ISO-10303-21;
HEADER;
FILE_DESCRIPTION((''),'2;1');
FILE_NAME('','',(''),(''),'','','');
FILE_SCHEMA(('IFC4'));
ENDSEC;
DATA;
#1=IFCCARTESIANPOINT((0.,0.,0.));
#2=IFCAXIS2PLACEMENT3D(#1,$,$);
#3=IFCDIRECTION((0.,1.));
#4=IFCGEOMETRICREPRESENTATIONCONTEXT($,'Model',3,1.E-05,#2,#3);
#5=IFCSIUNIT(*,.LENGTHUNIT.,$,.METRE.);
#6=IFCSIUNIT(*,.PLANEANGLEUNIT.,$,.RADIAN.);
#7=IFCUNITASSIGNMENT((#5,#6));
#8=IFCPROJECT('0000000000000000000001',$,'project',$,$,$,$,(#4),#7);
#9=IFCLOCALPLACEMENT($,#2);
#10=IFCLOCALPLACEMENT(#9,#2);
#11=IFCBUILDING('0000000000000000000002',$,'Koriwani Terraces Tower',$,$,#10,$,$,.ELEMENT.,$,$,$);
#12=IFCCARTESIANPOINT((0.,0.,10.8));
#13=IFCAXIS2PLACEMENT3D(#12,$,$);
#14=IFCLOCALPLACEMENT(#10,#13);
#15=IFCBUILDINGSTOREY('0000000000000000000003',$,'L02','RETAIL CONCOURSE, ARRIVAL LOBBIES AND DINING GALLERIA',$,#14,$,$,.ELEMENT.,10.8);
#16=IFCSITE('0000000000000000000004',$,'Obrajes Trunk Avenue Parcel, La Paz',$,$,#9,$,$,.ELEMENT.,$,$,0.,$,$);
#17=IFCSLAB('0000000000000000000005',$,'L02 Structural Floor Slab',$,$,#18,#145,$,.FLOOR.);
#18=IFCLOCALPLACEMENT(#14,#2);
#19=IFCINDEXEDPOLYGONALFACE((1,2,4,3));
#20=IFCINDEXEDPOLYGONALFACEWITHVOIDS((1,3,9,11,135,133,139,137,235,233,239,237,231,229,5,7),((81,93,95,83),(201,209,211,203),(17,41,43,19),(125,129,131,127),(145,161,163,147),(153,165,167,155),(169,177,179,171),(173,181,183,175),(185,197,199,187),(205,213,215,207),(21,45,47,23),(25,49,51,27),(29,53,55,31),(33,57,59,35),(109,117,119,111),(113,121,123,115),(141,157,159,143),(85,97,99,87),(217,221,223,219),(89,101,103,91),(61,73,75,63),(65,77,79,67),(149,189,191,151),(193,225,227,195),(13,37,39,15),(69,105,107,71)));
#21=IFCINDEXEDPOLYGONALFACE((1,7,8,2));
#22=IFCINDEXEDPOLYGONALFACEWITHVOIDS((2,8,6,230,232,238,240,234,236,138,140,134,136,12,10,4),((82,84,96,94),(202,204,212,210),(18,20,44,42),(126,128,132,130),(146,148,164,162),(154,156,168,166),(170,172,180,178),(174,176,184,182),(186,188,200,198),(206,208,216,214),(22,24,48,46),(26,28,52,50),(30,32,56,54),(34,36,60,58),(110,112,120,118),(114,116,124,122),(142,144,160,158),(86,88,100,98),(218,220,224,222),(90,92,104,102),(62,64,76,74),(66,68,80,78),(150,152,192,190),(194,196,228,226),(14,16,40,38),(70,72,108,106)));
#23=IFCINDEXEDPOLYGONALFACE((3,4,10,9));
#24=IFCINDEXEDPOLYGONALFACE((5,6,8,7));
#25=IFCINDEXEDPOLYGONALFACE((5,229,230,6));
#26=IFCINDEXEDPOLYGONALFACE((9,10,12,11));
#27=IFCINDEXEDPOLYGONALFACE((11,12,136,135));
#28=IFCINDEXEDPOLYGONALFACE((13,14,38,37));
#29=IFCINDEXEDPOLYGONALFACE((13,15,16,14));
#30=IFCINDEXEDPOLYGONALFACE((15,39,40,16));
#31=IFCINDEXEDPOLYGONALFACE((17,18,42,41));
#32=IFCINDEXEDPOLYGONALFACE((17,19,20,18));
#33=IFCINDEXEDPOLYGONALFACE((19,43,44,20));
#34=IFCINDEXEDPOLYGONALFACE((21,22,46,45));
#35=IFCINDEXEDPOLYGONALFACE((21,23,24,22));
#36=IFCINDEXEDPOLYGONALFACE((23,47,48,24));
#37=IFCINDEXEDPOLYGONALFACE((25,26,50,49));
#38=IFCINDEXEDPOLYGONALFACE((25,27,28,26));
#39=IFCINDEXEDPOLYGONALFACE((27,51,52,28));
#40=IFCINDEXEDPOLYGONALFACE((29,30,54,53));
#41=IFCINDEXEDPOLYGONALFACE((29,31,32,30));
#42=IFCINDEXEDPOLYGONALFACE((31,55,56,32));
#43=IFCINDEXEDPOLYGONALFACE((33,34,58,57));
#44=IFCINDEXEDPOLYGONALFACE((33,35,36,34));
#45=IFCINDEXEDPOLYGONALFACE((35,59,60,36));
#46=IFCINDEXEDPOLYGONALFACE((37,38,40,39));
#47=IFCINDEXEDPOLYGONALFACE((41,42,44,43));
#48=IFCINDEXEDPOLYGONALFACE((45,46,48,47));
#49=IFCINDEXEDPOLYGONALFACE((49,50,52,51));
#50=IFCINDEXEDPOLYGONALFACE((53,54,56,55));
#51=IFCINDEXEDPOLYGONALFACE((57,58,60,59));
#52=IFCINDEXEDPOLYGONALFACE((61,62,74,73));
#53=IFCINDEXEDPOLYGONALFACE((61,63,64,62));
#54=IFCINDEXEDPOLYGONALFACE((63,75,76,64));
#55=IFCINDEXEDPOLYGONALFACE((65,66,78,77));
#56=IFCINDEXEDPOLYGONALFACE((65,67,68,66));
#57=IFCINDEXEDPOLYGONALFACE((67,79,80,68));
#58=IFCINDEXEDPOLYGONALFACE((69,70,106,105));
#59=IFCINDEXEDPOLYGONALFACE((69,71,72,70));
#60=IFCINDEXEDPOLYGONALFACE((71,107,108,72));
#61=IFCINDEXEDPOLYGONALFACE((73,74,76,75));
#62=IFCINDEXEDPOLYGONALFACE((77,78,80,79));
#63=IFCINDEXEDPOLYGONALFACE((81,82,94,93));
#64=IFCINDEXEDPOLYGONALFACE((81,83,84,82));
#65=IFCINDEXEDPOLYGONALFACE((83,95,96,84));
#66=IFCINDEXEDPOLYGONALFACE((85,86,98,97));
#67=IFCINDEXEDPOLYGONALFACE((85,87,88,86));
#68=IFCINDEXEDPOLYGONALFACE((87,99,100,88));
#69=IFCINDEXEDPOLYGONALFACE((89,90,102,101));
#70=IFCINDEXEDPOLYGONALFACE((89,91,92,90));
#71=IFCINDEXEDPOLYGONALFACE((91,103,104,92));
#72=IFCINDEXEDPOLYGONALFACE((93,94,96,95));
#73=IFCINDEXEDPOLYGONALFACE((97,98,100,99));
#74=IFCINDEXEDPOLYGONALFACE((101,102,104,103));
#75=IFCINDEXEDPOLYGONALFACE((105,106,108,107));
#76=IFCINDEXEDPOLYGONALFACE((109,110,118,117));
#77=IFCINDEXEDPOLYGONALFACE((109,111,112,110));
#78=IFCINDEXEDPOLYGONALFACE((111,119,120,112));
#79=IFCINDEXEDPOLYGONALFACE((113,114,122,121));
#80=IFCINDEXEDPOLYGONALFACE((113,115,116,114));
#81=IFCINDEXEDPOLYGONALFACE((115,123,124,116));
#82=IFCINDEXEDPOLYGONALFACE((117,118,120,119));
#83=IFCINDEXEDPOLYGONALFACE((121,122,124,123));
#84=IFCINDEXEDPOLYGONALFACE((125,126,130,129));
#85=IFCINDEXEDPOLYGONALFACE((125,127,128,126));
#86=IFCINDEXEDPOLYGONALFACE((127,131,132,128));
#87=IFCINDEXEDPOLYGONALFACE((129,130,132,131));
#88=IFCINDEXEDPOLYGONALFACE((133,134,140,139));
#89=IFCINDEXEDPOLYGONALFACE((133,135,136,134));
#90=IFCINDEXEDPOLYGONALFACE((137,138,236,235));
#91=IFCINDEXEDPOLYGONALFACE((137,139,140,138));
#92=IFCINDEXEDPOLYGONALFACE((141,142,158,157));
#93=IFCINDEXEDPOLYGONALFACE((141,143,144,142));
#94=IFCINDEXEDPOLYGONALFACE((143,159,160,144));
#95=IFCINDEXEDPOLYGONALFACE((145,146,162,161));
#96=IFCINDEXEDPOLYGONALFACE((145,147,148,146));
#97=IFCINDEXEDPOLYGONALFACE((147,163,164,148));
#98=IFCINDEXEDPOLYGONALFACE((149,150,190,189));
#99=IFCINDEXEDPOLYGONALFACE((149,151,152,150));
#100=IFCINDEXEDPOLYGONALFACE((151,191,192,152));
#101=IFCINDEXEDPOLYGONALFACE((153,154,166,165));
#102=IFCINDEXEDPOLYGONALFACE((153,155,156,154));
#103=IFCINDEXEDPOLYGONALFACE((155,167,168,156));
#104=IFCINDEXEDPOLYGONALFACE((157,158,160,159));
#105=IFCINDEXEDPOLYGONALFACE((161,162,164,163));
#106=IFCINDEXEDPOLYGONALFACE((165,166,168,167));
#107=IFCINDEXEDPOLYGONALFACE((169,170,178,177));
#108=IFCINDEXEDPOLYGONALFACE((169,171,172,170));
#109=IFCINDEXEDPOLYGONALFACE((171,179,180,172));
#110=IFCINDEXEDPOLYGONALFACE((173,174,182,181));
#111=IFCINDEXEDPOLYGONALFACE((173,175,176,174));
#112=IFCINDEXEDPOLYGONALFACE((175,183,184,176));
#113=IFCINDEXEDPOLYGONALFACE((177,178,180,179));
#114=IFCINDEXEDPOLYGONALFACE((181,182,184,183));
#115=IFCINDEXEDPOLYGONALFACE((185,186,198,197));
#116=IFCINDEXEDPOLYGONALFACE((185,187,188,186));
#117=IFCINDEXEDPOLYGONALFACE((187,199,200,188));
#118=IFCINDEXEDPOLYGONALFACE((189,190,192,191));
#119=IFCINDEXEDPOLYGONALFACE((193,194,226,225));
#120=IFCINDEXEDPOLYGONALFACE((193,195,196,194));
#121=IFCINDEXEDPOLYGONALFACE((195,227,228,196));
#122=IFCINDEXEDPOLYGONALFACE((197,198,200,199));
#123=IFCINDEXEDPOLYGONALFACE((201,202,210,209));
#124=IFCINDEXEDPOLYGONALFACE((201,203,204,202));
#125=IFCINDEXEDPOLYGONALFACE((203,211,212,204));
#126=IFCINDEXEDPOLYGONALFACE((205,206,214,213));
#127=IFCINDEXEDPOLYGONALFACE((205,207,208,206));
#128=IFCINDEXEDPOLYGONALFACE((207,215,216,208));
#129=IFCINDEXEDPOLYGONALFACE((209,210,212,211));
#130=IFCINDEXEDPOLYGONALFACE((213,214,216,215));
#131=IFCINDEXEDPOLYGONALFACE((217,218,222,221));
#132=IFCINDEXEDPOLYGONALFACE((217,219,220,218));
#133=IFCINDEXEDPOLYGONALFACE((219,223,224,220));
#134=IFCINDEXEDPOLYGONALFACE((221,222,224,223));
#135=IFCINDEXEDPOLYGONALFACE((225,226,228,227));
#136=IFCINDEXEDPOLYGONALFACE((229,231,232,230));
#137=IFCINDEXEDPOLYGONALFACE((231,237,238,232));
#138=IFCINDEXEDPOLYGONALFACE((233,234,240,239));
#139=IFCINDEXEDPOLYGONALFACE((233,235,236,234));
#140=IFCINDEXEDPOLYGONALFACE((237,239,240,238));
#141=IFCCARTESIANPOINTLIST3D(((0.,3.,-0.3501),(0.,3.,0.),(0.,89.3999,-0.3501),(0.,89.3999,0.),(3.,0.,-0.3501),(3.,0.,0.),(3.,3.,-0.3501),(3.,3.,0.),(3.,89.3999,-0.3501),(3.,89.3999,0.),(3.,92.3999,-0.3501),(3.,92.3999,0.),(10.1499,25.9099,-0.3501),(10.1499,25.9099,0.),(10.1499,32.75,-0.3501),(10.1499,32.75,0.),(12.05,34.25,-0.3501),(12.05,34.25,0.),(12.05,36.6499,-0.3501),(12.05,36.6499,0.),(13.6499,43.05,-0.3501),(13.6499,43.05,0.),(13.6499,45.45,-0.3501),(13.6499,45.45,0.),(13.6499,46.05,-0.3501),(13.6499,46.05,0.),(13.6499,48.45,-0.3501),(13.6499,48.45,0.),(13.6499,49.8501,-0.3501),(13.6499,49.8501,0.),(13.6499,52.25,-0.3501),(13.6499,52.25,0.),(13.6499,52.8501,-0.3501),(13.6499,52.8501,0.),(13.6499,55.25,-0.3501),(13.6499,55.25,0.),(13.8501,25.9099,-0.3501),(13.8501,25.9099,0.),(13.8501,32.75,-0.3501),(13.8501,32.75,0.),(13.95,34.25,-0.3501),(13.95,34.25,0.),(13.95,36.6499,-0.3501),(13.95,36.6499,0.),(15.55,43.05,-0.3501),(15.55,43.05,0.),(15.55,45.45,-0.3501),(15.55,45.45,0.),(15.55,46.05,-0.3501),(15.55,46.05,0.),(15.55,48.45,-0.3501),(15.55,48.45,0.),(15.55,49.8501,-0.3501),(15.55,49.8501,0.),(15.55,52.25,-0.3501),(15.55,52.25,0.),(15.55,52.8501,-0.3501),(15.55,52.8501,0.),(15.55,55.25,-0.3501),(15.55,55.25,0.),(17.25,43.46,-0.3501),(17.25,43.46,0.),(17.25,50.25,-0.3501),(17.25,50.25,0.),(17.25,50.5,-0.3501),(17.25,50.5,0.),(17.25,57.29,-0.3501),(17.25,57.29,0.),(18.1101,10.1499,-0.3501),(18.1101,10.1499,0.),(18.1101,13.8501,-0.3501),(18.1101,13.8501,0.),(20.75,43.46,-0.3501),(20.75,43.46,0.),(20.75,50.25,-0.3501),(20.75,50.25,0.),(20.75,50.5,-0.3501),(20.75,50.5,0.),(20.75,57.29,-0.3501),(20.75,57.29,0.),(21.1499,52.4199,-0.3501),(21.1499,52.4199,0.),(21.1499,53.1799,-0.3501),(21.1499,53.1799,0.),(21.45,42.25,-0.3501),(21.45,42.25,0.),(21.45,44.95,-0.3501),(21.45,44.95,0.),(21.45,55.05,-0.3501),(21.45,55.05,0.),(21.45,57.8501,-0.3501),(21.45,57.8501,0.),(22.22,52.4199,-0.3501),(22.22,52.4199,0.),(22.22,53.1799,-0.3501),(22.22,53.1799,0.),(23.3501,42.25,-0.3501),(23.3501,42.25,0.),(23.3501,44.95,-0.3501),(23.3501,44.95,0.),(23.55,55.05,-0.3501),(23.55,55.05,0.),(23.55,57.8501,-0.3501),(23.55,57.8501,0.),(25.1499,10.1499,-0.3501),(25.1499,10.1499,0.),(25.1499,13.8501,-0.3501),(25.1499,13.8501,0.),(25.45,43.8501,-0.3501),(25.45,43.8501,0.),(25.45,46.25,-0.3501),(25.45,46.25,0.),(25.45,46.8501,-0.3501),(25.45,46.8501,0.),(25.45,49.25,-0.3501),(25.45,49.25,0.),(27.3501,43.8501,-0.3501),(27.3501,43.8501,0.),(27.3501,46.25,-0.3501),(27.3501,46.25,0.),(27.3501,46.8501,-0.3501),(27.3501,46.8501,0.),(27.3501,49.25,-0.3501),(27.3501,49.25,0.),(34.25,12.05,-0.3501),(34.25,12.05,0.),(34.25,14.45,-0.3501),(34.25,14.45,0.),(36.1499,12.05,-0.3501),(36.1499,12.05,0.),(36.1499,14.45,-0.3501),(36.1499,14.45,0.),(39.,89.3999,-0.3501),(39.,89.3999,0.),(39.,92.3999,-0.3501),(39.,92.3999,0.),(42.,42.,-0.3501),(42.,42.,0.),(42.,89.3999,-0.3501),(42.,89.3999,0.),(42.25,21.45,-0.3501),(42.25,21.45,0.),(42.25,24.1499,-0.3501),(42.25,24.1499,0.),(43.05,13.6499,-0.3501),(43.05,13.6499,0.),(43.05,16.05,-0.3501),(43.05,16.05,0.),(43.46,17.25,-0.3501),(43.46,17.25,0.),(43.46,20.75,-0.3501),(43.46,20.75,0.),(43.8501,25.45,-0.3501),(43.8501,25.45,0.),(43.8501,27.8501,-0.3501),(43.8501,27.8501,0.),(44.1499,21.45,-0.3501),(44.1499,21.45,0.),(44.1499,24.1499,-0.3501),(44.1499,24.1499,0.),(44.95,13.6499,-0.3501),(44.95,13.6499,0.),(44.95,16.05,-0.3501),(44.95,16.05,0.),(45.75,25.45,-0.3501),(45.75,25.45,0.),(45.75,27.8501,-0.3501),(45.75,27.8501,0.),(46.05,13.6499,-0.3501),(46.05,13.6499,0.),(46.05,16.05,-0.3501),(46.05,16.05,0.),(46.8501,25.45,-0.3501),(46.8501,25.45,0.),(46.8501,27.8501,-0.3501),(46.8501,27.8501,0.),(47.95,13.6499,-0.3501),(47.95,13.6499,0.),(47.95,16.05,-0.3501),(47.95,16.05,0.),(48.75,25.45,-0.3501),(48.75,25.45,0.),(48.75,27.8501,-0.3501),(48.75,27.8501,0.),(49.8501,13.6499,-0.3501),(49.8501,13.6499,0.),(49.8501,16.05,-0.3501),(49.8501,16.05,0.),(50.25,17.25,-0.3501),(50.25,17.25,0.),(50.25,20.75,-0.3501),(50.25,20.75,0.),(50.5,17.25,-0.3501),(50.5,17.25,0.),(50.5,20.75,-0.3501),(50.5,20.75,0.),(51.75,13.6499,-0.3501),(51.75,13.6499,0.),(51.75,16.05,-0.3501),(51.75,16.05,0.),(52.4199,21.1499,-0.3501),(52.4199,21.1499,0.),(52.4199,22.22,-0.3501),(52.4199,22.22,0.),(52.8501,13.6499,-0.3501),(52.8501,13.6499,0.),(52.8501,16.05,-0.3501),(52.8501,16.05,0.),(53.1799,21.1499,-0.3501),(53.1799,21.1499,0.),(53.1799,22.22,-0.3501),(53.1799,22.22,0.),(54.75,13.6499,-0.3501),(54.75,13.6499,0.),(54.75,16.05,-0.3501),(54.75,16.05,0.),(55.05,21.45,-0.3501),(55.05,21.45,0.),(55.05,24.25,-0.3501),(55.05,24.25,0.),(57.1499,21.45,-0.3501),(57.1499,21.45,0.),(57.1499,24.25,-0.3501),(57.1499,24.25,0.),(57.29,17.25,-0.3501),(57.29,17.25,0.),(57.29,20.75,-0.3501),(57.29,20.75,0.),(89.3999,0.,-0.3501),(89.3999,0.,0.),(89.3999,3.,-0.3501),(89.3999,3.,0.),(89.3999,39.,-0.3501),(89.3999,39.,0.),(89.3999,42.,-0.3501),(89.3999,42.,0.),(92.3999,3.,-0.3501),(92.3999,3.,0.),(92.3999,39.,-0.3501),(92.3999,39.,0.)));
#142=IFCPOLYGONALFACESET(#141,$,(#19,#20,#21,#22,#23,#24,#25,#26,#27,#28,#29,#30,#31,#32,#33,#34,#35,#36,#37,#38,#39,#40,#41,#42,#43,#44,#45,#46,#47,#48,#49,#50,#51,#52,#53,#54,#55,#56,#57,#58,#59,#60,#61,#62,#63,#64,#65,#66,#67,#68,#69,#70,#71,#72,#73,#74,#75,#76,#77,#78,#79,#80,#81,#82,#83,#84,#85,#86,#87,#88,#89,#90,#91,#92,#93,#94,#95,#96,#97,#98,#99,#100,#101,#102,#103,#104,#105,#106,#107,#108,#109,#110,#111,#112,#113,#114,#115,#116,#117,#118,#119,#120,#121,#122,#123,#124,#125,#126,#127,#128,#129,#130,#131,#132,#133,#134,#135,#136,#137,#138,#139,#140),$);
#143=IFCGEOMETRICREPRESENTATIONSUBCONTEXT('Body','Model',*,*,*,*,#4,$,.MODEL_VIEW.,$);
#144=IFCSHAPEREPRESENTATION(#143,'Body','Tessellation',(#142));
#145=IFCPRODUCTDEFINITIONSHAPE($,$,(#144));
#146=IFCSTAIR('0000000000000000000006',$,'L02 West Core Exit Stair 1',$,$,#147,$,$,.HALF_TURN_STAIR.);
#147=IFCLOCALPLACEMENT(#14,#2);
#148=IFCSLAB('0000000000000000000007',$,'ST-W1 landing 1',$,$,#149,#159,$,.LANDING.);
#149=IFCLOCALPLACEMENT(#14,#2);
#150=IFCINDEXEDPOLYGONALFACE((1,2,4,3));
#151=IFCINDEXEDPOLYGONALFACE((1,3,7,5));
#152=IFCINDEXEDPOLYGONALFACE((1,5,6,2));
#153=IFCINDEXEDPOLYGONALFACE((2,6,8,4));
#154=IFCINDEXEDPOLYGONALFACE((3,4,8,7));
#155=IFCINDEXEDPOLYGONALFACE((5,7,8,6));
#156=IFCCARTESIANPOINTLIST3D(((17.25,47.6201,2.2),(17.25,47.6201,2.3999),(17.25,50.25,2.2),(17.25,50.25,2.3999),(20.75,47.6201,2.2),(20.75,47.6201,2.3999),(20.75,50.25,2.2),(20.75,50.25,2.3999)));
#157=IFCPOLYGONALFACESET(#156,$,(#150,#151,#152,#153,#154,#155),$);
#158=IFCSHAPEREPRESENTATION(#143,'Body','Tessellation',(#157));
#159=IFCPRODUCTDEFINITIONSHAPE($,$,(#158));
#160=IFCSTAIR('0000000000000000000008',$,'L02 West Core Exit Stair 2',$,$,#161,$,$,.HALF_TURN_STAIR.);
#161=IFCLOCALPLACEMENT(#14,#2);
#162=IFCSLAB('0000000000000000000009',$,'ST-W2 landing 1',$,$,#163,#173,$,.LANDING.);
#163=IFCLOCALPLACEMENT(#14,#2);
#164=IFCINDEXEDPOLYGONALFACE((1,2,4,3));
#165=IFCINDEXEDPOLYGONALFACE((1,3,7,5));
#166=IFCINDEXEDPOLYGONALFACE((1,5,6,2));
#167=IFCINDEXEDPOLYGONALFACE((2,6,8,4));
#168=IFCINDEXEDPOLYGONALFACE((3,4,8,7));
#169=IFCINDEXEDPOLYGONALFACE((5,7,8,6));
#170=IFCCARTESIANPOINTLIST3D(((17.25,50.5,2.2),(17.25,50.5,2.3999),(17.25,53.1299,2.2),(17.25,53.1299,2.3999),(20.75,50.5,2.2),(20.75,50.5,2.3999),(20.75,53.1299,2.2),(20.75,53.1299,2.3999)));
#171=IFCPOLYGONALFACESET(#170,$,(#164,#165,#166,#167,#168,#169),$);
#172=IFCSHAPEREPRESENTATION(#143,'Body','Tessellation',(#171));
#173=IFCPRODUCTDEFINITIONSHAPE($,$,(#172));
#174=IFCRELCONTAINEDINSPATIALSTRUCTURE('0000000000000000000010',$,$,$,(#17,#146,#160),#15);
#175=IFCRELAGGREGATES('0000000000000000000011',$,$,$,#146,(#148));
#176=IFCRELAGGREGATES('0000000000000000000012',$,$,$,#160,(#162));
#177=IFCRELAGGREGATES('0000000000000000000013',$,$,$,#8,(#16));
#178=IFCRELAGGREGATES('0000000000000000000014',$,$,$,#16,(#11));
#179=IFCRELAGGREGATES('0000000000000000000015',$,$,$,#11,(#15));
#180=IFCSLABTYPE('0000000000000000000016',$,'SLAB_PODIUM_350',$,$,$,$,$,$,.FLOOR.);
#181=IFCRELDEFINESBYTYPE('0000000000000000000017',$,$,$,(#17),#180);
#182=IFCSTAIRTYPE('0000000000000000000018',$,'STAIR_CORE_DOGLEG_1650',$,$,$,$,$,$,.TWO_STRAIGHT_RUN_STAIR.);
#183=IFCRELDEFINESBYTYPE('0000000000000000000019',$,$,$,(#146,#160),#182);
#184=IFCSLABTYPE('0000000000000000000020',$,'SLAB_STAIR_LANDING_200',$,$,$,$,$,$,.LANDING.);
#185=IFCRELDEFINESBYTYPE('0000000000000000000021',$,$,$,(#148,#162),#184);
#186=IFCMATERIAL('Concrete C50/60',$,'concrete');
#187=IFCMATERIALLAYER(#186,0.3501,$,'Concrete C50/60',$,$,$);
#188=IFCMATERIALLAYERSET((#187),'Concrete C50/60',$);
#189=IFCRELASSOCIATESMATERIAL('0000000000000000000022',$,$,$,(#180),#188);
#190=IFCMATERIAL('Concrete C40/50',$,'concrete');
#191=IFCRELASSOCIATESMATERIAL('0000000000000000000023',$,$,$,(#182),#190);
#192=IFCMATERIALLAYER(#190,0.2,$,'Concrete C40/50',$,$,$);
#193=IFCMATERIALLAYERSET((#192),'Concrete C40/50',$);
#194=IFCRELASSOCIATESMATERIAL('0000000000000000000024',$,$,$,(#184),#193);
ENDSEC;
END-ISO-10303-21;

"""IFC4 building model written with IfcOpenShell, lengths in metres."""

from ifc_helpers import new_model, si_unit, direction, frame, origin, place, context, subcontext, project, spatial, polyline, outline, extrude, material, layer, layer_set, type_object, element, aggregate, save


model = new_model("IFC4")

# Units and contexts
model_context = context("Model", 3, precision=1e-05, world=origin(), true_north=direction((0.0, 1.0)))
body_context = subcontext(model_context, "Body", "Model", "MODEL_VIEW")
ifc_project = project(units=[si_unit("LENGTHUNIT", "METRE"), si_unit("PLANEANGLEUNIT", "RADIAN")], contexts=[model_context])

# Site, building, storey
site_placement = place(None, origin())
site = spatial("IfcSite", under=ifc_project, at=site_placement, Name="Obrajes Trunk Avenue Parcel, La Paz", CompositionType="ELEMENT", RefElevation=0.0)
building_placement = place(site_placement, origin())
building = spatial("IfcBuilding", under=site, at=building_placement, Name="Koriwani Terraces Tower", CompositionType="ELEMENT")
storey_placement = place(building_placement, frame((0.0, 0.0, 10.8)))
storey = spatial("IfcBuildingStorey", under=building, at=storey_placement, Name="L02", Description="RETAIL CONCOURSE, ARRIVAL LOBBIES AND DINING GALLERIA", CompositionType="ELEMENT", Elevation=10.8)

# Slab
ifc_material_1 = material(Name="Concrete C50/60", Category="concrete")
ifc_layer_1 = layer(ifc_material_1, 0.3501, Name="Concrete C50/60")
ifc_layer_set_1 = layer_set([ifc_layer_1], Name="Concrete C50/60")
slab_type_1 = type_object("IfcSlabType", Name="SLAB_PODIUM_350", PredefinedType="FLOOR", material=ifc_layer_set_1)
slab_1_placement = place(storey_placement, frame((0.0, 0.0, -0.3501)))
element("IfcSlab", 1, at=slab_1_placement, inside=storey, type_object=slab_type_1, Name="L02 Structural Floor Slab", PredefinedType="FLOOR", context=body_context, shape_type="SweptSolid", body=[
    extrude(outline(polyline([(3.0, 0.0), (89.3999, 0.0), (89.3999, 3.0), (92.3999, 3.0), (92.3999, 39.0), (89.3999, 39.0), (89.3999, 42.0), (42.0, 42.0), (42.0, 89.3999), (39.0, 89.3999), (39.0, 92.3999), (3.0, 92.3999), (3.0, 89.3999), (0.0, 89.3999), (0.0, 3.0), (3.0, 3.0), (3.0, 0.0)]), holes=[polyline([(17.25, 43.46), (20.75, 43.46), (20.75, 50.25), (17.25, 50.25), (17.25, 43.46)]), polyline([(17.25, 50.5), (20.75, 50.5), (20.75, 57.29), (17.25, 57.29), (17.25, 50.5)]), polyline([(43.46, 17.25), (50.25, 17.25), (50.25, 20.75), (43.46, 20.75), (43.46, 17.25)]), polyline([(50.5, 17.25), (57.29, 17.25), (57.29, 20.75), (50.5, 20.75), (50.5, 17.25)]), polyline([(10.1499, 25.9099), (13.8501, 25.9099), (13.8501, 32.75), (10.1499, 32.75), (10.1499, 25.9099)]), polyline([(18.1101, 10.1499), (25.1499, 10.1499), (25.1499, 13.8501), (18.1101, 13.8501), (18.1101, 10.1499)]), polyline([(12.05, 34.25), (13.95, 34.25), (13.95, 36.6499), (12.05, 36.6499), (12.05, 34.25)]), polyline([(34.25, 12.05), (36.1499, 12.05), (36.1499, 14.45), (34.25, 14.45), (34.25, 12.05)]), polyline([(13.6499, 43.05), (15.55, 43.05), (15.55, 45.45), (13.6499, 45.45), (13.6499, 43.05)]), polyline([(13.6499, 46.05), (15.55, 46.05), (15.55, 48.45), (13.6499, 48.45), (13.6499, 46.05)]), polyline([(43.05, 13.6499), (44.95, 13.6499), (44.95, 16.05), (43.05, 16.05), (43.05, 13.6499)]), polyline([(46.05, 13.6499), (47.95, 13.6499), (47.95, 16.05), (46.05, 16.05), (46.05, 13.6499)]), polyline([(13.6499, 49.8501), (15.55, 49.8501), (15.55, 52.25), (13.6499, 52.25), (13.6499, 49.8501)]), polyline([(13.6499, 52.8501), (15.55, 52.8501), (15.55, 55.25), (13.6499, 55.25), (13.6499, 52.8501)]), polyline([(49.8501, 13.6499), (51.75, 13.6499), (51.75, 16.05), (49.8501, 16.05), (49.8501, 13.6499)]), polyline([(52.8501, 13.6499), (54.75, 13.6499), (54.75, 16.05), (52.8501, 16.05), (52.8501, 13.6499)]), polyline([(25.45, 43.8501), (27.3501, 43.8501), (27.3501, 46.25), (25.45, 46.25), (25.45, 43.8501)]), polyline([(25.45, 46.8501), (27.3501, 46.8501), (27.3501, 49.25), (25.45, 49.25), (25.45, 46.8501)]), polyline([(43.8501, 25.45), (45.75, 25.45), (45.75, 27.8501), (43.8501, 27.8501), (43.8501, 25.45)]), polyline([(46.8501, 25.45), (48.75, 25.45), (48.75, 27.8501), (46.8501, 27.8501), (46.8501, 25.45)]), polyline([(21.45, 55.05), (23.55, 55.05), (23.55, 57.8501), (21.45, 57.8501), (21.45, 55.05)]), polyline([(55.05, 21.45), (57.1499, 21.45), (57.1499, 24.25), (55.05, 24.25), (55.05, 21.45)]), polyline([(21.45, 42.25), (23.3501, 42.25), (23.3501, 44.95), (21.45, 44.95), (21.45, 42.25)]), polyline([(42.25, 21.45), (44.1499, 21.45), (44.1499, 24.1499), (42.25, 24.1499), (42.25, 21.45)]), polyline([(21.1499, 52.4199), (22.22, 52.4199), (22.22, 53.1799), (21.1499, 53.1799), (21.1499, 52.4199)]), polyline([(52.4199, 21.1499), (53.1799, 21.1499), (53.1799, 22.22), (52.4199, 22.22), (52.4199, 21.1499)])]), origin(), (0.0, 0.0, 1.0), 0.3501),
])

# Stairs, slabs
ifc_material_2 = material(Name="Concrete C40/50", Category="concrete")
stair_type_1 = type_object("IfcStairType", Name="STAIR_CORE_DOGLEG_1650", PredefinedType="TWO_STRAIGHT_RUN_STAIR", material=ifc_material_2)
stair_1_placement = place(storey_placement, origin())
stair_1 = element("IfcStair", 2, at=stair_1_placement, inside=storey, type_object=stair_type_1, Name="L02 West Core Exit Stair 1", PredefinedType="HALF_TURN_STAIR")
ifc_layer_2 = layer(ifc_material_2, 0.2, Name="Concrete C40/50")
ifc_layer_set_2 = layer_set([ifc_layer_2], Name="Concrete C40/50")
slab_type_2 = type_object("IfcSlabType", Name="SLAB_STAIR_LANDING_200", PredefinedType="LANDING", material=ifc_layer_set_2)
slab_2_placement = place(storey_placement, frame((0.0, 0.0, 2.2)))
slab_2 = element("IfcSlab", 3, at=slab_2_placement, type_object=slab_type_2, Name="ST-W1 landing 1", PredefinedType="LANDING", context=body_context, shape_type="SweptSolid", body=[
    extrude(outline(polyline([(20.75, 47.6201), (20.75, 50.25), (17.25, 50.25), (17.25, 47.6201), (20.75, 47.6201)])), origin(), (0.0, 0.0, 1.0), 0.2),
])
aggregate(stair_1, [slab_2])
stair_2_placement = place(storey_placement, origin())
stair_2 = element("IfcStair", 4, at=stair_2_placement, inside=storey, type_object=stair_type_1, Name="L02 West Core Exit Stair 2", PredefinedType="HALF_TURN_STAIR")
slab_3_placement = place(storey_placement, frame((0.0, 0.0, 2.2)))
slab_3 = element("IfcSlab", 5, at=slab_3_placement, type_object=slab_type_2, Name="ST-W2 landing 1", PredefinedType="LANDING", context=body_context, shape_type="SweptSolid", body=[
    extrude(outline(polyline([(17.25, 53.1299), (17.25, 50.5), (20.75, 50.5), (20.75, 53.1299), (17.25, 53.1299)])), origin(), (0.0, 0.0, 1.0), 0.2),
])
aggregate(stair_2, [slab_3])

save(model, "model.ifc")
